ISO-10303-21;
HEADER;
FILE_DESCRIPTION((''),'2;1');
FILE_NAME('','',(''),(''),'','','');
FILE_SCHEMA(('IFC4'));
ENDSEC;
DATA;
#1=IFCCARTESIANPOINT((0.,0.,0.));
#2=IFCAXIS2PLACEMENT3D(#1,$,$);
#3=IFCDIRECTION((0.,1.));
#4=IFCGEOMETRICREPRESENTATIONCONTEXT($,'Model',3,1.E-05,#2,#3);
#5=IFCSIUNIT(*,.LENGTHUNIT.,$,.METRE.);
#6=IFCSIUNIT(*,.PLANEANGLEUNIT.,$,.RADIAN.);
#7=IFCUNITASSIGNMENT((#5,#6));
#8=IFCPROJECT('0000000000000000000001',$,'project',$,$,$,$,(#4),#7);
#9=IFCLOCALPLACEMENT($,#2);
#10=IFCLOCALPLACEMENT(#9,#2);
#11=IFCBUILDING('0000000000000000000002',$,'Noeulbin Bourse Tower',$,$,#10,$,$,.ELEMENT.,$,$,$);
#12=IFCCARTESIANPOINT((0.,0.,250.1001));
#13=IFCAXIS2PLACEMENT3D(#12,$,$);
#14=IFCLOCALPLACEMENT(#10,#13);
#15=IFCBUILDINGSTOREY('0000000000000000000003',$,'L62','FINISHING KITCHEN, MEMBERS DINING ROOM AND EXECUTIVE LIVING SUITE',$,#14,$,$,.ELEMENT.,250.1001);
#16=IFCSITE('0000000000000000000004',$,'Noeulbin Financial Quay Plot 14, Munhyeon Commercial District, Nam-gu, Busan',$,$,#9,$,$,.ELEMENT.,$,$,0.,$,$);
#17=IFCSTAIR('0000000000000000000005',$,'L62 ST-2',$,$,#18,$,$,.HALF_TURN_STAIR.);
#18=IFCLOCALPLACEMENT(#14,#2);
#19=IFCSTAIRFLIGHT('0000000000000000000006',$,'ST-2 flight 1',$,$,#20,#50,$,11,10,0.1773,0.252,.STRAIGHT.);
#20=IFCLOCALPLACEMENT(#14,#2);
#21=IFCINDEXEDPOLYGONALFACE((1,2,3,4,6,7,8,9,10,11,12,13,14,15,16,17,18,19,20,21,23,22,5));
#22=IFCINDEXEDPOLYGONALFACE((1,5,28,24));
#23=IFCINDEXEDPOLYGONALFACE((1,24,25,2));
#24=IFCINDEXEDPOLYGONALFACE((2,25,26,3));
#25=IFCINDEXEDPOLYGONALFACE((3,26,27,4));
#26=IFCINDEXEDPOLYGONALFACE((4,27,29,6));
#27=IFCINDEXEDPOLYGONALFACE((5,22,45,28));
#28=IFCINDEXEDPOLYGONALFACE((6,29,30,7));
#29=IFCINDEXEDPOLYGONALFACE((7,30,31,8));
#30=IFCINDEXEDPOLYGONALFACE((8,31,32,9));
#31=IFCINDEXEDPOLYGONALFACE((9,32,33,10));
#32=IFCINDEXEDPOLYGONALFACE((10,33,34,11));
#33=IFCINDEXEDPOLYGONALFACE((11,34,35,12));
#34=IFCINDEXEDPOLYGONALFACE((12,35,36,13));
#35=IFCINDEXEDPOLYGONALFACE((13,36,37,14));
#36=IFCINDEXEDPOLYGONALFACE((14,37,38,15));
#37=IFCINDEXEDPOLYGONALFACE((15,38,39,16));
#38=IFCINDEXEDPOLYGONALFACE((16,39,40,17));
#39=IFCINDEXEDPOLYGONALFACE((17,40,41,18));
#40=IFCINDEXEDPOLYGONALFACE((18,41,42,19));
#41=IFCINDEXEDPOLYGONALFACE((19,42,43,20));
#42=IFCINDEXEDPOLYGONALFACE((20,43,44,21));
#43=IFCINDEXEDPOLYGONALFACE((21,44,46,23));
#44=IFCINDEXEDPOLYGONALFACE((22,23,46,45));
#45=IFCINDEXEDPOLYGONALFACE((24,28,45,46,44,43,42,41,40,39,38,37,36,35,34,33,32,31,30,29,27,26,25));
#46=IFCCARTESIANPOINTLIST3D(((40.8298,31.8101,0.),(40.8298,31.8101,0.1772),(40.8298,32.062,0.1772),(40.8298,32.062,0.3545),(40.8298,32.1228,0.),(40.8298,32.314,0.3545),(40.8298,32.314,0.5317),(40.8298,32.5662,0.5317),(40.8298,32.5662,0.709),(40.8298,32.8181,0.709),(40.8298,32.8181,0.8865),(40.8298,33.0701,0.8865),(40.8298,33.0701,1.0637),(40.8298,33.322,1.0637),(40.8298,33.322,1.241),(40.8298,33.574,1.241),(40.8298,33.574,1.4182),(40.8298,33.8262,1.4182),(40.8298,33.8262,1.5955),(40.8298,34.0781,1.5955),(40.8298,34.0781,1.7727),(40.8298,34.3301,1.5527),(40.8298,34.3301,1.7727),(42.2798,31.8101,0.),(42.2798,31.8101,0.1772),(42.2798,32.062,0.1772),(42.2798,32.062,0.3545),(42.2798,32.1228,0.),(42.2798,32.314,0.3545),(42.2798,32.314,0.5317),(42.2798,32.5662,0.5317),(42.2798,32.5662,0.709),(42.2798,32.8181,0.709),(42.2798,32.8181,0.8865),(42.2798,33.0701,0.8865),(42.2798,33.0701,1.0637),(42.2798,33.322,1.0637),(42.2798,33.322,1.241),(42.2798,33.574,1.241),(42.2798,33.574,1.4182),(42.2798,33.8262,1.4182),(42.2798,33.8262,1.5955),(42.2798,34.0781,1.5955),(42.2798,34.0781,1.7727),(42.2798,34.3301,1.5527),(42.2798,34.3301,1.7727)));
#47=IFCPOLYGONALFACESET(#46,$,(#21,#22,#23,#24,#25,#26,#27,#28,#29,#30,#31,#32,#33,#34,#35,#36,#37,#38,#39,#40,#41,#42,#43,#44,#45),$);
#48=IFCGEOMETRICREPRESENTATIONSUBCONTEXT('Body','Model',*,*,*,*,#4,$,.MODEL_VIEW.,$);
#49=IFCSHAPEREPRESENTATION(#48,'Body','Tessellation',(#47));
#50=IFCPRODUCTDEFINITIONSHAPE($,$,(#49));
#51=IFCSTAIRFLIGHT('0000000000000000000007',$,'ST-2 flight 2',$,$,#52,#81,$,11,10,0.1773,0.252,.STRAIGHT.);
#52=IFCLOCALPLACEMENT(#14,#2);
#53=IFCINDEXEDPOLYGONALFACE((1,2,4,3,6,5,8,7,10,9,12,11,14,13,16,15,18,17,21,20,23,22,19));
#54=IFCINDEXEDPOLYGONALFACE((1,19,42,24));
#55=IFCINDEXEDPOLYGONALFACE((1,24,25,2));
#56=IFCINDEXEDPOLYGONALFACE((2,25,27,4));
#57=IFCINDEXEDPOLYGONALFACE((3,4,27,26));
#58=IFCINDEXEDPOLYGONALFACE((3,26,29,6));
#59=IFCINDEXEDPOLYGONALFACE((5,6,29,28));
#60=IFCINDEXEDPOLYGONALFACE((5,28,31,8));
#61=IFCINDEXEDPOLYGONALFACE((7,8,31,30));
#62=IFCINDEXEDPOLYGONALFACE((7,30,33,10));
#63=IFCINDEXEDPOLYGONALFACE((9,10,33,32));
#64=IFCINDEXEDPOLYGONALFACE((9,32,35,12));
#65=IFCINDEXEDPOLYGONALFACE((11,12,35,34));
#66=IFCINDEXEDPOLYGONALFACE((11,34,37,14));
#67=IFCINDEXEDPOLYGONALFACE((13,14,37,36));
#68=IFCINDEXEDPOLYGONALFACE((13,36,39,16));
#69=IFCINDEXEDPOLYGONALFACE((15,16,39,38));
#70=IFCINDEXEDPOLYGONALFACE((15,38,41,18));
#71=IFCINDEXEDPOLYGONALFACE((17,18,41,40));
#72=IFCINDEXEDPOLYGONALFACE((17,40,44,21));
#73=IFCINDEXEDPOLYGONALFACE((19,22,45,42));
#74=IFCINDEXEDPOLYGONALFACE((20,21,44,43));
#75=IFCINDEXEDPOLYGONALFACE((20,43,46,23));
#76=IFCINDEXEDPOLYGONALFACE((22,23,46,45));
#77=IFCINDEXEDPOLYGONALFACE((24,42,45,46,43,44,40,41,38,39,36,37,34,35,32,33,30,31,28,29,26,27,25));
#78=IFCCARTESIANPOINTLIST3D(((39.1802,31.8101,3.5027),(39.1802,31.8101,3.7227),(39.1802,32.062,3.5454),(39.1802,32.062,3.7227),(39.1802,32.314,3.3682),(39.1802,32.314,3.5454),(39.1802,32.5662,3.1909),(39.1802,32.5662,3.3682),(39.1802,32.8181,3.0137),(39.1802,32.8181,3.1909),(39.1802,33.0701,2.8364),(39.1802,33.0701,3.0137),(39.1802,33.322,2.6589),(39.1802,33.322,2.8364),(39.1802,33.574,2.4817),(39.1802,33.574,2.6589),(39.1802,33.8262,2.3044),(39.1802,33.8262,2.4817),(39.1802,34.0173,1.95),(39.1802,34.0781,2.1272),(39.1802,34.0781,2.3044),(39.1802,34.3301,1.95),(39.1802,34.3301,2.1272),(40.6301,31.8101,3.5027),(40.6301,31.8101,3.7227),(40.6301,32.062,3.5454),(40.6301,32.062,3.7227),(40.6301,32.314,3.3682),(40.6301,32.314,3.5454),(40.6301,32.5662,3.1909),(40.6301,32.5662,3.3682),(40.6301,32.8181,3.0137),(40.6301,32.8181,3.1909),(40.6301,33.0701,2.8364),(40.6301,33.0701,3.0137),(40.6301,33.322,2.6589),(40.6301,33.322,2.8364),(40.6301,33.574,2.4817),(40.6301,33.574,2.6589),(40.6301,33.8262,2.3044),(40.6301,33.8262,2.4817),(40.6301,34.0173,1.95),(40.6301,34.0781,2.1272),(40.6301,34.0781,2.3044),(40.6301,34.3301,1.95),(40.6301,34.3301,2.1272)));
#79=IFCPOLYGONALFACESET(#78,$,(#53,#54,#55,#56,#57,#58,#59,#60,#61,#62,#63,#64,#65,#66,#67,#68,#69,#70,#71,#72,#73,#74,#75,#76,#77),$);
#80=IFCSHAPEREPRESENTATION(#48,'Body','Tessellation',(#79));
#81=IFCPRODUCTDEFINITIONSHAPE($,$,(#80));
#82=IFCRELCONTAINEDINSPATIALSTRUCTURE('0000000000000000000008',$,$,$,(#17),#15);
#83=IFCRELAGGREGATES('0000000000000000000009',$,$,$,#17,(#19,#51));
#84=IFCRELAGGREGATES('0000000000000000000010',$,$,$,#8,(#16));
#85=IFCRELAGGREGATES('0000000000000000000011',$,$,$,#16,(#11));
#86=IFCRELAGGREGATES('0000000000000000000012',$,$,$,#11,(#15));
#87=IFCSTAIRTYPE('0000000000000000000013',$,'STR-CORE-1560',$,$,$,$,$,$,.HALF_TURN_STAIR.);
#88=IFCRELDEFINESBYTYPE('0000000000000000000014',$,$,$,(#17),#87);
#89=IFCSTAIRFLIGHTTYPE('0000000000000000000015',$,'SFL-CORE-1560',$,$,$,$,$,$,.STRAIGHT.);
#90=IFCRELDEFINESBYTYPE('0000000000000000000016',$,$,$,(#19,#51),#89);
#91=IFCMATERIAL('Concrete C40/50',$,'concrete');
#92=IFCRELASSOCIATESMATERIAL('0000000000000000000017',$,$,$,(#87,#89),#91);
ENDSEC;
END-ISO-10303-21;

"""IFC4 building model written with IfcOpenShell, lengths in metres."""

from ifc_helpers import new_model, si_unit, direction, frame, origin, place, context, subcontext, project, spatial, polyline, outline, extrude, material, type_object, element, aggregate, save


model = new_model("IFC4")

# Units and contexts
model_context = context("Model", 3, precision=1e-05, world=origin(), true_north=direction((0.0, 1.0)))
body_context = subcontext(model_context, "Body", "Model", "MODEL_VIEW")
ifc_project = project(units=[si_unit("LENGTHUNIT", "METRE"), si_unit("PLANEANGLEUNIT", "RADIAN")], contexts=[model_context])

# Site, building, storey
site_placement = place(None, origin())
site = spatial("IfcSite", under=ifc_project, at=site_placement, Name="Noeulbin Financial Quay Plot 14, Munhyeon Commercial District, Nam-gu, Busan", CompositionType="ELEMENT", RefElevation=0.0)
building_placement = place(site_placement, origin())
building = spatial("IfcBuilding", under=site, at=building_placement, Name="Noeulbin Bourse Tower", CompositionType="ELEMENT")
storey_placement = place(building_placement, frame((0.0, 0.0, 250.1001)))
storey = spatial("IfcBuildingStorey", under=building, at=storey_placement, Name="L62", Description="FINISHING KITCHEN, MEMBERS DINING ROOM AND EXECUTIVE LIVING SUITE", CompositionType="ELEMENT", Elevation=250.1001)

# Shared definitions
ifc_material_1 = material(Name="Concrete C40/50", Category="concrete")

# Stair, stair flights
stair_type = type_object("IfcStairType", Name="STR-CORE-1560", PredefinedType="HALF_TURN_STAIR", material=ifc_material_1)
stair_placement = place(storey_placement, origin())
stair = element("IfcStair", 1, at=stair_placement, inside=storey, type_object=stair_type, Name="L62 ST-2", PredefinedType="HALF_TURN_STAIR")
stair_flight_type = type_object("IfcStairFlightType", Name="SFL-CORE-1560", PredefinedType="STRAIGHT", material=ifc_material_1)
stair_flight_1_placement = place(storey_placement, frame((41.5549, 31.8101, 0.0), z_axis=(0.0, 0.0, 1.0), x_axis=(0.0, 1.0, 0.0)))
stair_flight_1 = element("IfcStairFlight", 2, at=stair_flight_1_placement, type_object=stair_flight_type, Name="ST-2 flight 1", NumberOfRisers=11, NumberOfTreads=10, PredefinedType="STRAIGHT", RiserHeight=0.1773, TreadLength=0.252, context=body_context, shape_type="SweptSolid", body=[
    extrude(outline(polyline([(0.0, 0.0), (0.0, 0.1772), (0.252, 0.1772), (0.252, 0.3545), (0.5039, 0.3545), (0.5039, 0.5317), (0.7561, 0.5317), (0.7561, 0.709), (1.0081, 0.709), (1.0081, 0.8865), (1.26, 0.8865), (1.26, 1.0637), (1.512, 1.0637), (1.512, 1.241), (1.7639, 1.241), (1.7639, 1.4182), (2.0161, 1.4182), (2.0161, 1.5955), (2.2681, 1.5955), (2.2681, 1.7727), (2.52, 1.7727), (2.52, 1.95), (2.52, 1.5527), (0.3127, 0.0), (0.0, 0.0)])), frame((0.0, 0.7251, 0.0), z_axis=(0.0, -1.0, 0.0), x_axis=(1.0, 0.0, 0.0)), (0.0, 0.0, 1.0), 1.45),
])
stair_flight_2_placement = place(storey_placement, frame((39.905, 34.3301, 1.95), z_axis=(0.0, 0.0, 1.0), x_axis=(0.0, -1.0, 0.0)))
stair_flight_2 = element("IfcStairFlight", 3, at=stair_flight_2_placement, type_object=stair_flight_type, Name="ST-2 flight 2", NumberOfRisers=11, NumberOfTreads=10, PredefinedType="STRAIGHT", RiserHeight=0.1773, TreadLength=0.252, context=body_context, shape_type="SweptSolid", body=[
    extrude(outline(polyline([(0.0, 0.0), (0.0, 0.1772), (0.252, 0.1772), (0.252, 0.3545), (0.5039, 0.3545), (0.5039, 0.5317), (0.7561, 0.5317), (0.7561, 0.709), (1.0081, 0.709), (1.0081, 0.8865), (1.26, 0.8865), (1.26, 1.0637), (1.512, 1.0637), (1.512, 1.241), (1.7639, 1.241), (1.7639, 1.4182), (2.0161, 1.4182), (2.0161, 1.5955), (2.2681, 1.5955), (2.2681, 1.7727), (2.52, 1.7727), (2.52, 1.95), (2.52, 1.5527), (0.3127, 0.0), (0.0, 0.0)])), frame((0.0, 0.7251, 0.0), z_axis=(0.0, -1.0, 0.0), x_axis=(1.0, 0.0, 0.0)), (0.0, 0.0, 1.0), 1.45),
])
aggregate(stair, [stair_flight_1, stair_flight_2])

save(model, "model.ifc")
